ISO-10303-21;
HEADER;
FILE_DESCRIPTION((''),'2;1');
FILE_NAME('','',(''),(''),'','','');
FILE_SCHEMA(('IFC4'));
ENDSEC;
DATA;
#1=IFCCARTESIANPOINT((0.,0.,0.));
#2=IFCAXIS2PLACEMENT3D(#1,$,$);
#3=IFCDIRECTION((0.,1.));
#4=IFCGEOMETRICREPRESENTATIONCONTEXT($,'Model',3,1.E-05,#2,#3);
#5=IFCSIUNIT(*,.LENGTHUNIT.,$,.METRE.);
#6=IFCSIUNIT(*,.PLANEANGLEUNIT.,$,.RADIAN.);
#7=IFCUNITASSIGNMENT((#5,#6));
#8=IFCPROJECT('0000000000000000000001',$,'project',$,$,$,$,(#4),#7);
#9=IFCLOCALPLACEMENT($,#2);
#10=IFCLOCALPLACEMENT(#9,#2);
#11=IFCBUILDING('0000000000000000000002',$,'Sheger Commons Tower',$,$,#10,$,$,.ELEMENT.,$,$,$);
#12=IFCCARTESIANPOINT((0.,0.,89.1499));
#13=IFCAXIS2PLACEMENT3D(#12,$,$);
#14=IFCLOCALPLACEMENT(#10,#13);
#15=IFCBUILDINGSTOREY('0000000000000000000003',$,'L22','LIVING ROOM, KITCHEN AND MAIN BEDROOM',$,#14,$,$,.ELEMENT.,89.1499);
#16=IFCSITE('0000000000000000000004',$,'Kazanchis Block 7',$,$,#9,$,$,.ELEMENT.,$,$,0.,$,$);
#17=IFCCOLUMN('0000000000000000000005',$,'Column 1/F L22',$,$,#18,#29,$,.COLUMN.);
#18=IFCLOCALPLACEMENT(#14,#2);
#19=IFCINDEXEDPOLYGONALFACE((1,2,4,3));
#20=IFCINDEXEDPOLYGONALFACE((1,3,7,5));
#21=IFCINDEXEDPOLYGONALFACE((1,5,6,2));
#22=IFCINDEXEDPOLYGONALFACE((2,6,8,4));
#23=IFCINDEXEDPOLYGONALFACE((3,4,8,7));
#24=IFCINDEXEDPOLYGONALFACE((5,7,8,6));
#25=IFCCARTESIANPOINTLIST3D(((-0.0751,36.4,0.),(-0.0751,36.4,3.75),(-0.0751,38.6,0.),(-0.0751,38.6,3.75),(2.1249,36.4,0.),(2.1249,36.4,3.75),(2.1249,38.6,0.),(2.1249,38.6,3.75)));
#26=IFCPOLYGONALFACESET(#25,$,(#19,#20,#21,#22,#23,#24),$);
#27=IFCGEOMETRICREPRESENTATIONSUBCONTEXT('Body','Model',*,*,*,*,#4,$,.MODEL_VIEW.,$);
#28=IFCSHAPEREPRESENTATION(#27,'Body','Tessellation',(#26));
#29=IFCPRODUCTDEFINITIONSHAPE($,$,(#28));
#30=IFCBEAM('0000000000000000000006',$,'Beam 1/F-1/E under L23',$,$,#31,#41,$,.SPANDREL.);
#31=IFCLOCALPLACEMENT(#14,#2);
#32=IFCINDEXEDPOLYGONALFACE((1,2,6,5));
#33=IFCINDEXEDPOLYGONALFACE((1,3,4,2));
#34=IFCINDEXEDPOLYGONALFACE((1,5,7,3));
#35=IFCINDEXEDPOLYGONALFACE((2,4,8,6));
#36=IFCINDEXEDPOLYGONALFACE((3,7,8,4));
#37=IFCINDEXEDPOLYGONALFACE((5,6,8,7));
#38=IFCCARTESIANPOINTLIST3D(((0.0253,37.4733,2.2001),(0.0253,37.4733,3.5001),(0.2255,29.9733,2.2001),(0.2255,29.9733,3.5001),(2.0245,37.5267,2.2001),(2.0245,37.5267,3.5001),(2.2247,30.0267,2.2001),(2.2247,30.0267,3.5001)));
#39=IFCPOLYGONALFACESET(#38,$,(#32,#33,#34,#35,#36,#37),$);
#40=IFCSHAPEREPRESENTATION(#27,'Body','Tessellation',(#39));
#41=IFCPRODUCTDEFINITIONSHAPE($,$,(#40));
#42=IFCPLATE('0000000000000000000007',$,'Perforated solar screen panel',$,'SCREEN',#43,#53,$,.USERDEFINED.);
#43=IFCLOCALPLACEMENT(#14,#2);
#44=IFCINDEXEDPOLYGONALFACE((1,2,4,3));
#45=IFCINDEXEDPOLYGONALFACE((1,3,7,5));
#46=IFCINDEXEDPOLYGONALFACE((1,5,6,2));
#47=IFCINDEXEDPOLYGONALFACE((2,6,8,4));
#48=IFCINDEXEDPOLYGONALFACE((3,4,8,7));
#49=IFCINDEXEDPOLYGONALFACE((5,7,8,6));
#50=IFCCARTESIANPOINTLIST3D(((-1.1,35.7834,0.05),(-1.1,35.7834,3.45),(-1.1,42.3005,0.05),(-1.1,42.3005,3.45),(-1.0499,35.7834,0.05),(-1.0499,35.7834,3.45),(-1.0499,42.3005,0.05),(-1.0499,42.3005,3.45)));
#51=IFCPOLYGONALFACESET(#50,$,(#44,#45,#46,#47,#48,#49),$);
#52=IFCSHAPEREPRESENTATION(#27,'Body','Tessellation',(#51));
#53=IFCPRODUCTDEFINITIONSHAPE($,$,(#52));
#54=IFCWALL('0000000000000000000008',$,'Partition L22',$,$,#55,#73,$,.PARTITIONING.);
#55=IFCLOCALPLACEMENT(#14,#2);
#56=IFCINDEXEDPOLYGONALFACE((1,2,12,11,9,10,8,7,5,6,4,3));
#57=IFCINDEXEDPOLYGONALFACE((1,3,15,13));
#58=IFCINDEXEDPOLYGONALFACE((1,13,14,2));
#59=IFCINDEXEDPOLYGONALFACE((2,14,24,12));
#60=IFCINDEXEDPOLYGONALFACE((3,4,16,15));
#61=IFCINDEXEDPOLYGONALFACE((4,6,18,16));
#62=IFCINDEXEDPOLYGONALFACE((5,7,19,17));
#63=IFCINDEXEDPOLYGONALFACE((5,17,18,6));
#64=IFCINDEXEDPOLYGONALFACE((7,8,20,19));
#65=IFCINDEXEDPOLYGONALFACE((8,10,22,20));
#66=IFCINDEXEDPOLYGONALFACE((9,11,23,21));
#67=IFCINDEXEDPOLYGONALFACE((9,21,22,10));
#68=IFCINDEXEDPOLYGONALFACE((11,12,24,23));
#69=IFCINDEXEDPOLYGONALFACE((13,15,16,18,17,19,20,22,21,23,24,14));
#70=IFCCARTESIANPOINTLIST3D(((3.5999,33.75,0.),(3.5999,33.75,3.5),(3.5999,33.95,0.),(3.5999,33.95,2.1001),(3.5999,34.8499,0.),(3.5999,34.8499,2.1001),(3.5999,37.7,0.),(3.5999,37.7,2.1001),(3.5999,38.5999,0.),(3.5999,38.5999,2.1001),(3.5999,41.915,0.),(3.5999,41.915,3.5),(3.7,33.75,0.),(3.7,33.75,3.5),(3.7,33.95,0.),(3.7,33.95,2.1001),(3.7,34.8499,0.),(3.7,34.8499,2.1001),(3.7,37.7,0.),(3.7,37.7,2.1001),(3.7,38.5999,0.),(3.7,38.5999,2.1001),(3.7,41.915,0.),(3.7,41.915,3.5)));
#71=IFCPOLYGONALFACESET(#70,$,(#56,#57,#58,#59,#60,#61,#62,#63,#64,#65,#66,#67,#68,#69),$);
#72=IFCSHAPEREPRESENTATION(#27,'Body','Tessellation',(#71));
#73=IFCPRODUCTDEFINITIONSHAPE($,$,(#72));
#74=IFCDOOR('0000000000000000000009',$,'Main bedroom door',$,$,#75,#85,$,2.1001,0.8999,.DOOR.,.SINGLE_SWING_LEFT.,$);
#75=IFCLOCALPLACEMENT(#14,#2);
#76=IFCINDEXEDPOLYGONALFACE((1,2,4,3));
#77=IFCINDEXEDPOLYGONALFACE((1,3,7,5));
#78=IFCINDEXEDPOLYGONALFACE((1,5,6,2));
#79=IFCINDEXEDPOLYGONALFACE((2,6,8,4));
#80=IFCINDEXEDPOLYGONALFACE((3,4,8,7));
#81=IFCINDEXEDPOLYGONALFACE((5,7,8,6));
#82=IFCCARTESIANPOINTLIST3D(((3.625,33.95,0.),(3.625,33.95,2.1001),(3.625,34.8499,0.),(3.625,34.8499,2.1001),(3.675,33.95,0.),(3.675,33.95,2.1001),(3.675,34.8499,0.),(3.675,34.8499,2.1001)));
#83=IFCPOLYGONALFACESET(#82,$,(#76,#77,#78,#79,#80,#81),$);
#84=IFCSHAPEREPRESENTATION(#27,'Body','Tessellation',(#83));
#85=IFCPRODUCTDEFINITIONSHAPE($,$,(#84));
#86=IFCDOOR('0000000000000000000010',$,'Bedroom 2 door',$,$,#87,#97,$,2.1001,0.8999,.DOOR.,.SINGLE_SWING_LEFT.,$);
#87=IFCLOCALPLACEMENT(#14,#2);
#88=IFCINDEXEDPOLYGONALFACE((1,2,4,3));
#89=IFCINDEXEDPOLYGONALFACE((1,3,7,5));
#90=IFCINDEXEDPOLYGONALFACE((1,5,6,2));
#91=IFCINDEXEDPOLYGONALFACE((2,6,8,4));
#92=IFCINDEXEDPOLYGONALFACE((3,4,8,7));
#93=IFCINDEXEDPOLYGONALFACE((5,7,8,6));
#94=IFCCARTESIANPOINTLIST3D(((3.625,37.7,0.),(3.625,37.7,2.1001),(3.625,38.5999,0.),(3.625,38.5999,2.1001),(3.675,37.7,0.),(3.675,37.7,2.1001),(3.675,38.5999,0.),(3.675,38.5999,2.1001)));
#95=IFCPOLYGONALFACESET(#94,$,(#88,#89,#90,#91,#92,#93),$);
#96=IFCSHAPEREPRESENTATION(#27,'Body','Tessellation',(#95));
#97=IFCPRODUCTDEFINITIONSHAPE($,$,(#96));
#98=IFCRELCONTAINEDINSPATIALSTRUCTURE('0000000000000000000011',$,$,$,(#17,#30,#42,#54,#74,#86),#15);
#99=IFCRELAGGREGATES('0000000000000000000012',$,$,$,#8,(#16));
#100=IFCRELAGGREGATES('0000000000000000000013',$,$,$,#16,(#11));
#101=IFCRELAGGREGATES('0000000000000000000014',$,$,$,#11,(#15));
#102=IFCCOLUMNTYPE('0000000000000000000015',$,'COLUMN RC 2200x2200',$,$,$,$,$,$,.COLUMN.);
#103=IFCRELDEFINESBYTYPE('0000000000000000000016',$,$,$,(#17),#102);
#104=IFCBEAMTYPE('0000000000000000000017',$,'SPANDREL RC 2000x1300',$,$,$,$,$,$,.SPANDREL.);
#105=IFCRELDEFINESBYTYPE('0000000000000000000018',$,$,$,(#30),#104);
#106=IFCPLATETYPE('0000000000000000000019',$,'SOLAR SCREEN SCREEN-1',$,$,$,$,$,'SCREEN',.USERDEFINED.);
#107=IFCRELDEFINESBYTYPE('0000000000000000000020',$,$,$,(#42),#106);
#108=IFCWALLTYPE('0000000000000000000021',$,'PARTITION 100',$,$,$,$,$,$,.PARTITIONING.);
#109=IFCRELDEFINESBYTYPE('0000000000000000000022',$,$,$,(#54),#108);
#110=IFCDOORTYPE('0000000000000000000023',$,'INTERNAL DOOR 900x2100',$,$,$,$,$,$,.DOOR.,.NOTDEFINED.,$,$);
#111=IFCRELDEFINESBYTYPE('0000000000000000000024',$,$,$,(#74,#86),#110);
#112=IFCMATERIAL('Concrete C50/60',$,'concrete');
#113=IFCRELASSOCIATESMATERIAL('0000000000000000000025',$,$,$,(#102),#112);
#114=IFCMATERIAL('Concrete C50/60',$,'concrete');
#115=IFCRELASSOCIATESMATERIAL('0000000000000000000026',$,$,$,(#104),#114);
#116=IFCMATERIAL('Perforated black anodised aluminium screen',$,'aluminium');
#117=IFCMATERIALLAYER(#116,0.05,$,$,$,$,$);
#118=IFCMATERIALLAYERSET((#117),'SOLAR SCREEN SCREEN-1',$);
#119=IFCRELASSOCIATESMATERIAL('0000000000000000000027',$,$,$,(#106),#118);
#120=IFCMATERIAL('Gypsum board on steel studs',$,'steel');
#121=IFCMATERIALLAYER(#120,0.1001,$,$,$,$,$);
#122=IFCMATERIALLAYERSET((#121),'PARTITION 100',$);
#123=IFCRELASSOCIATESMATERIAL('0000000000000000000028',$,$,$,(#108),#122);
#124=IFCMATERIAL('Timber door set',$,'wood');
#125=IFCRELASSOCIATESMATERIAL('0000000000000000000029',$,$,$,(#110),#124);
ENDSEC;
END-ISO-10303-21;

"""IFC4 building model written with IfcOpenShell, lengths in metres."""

from ifc_helpers import new_model, si_unit, direction, frame, frame_2d, origin, origin_2d, place, context, subcontext, project, spatial, rectangle, extrude, material, layer, layer_set, material_profile, profile_set, type_object, element, fill, save


model = new_model("IFC4")

# Units and contexts
model_context = context("Model", 3, precision=1e-05, world=origin(), true_north=direction((0.0, 1.0)))
body_context = subcontext(model_context, "Body", "Model", "MODEL_VIEW")
ifc_project = project(units=[si_unit("LENGTHUNIT", "METRE"), si_unit("PLANEANGLEUNIT", "RADIAN")], contexts=[model_context])

# Site, building, storey
site_placement = place(None, origin())
site = spatial("IfcSite", under=ifc_project, at=site_placement, Name="Kazanchis Block 7", CompositionType="ELEMENT", RefElevation=0.0)
building_placement = place(site_placement, origin())
building = spatial("IfcBuilding", under=site, at=building_placement, Name="Sheger Commons Tower", CompositionType="ELEMENT")
storey_placement = place(building_placement, frame((0.0, 0.0, 89.1499)))
storey = spatial("IfcBuildingStorey", under=building, at=storey_placement, Name="L22", Description="LIVING ROOM, KITCHEN AND MAIN BEDROOM", CompositionType="ELEMENT", Elevation=89.1499)

# Column
ifc_material_1 = material(Name="Concrete C50/60", Category="concrete")
ifc_material_profile_1 = material_profile(ifc_material_1, rectangle(XDim=2.2, YDim=2.2, at=origin_2d()), Name="RC 2200x2200")
ifc_profile_set_1 = profile_set([ifc_material_profile_1], Name="Concrete C50/60")
column_type = type_object("IfcColumnType", Name="COLUMN RC 2200x2200", PredefinedType="COLUMN", material=ifc_profile_set_1)
column_placement = place(storey_placement, frame((1.0249, 37.5, 0.0), z_axis=(0.0, 0.0, 1.0), x_axis=(1.0, 0.0, 0.0)))
element("IfcColumn", 1, at=column_placement, inside=storey, type_object=column_type, Name="Column 1/F L22", PredefinedType="COLUMN", context=body_context, shape_type="SweptSolid", body=[
    extrude(rectangle(XDim=2.2, YDim=2.2, at=origin_2d()), origin(), (0.0, 0.0, 1.0), 3.75),
])

# Beam
ifc_material_2 = material(Name="Concrete C50/60", Category="concrete")
ifc_material_profile_2 = material_profile(ifc_material_2, rectangle(XDim=2.0, YDim=1.3, at=origin_2d()), Name="RC 2000x1300")
ifc_profile_set_2 = profile_set([ifc_material_profile_2], Name="Concrete C50/60")
beam_type = type_object("IfcBeamType", Name="SPANDREL RC 2000x1300", PredefinedType="SPANDREL", material=ifc_profile_set_2)
beam_placement = place(storey_placement, frame((1.0249, 37.5, 2.8501), z_axis=(0.026683, -0.999644, 0.0), x_axis=(0.999644, 0.026683, 0.0)))
element("IfcBeam", 2, at=beam_placement, inside=storey, type_object=beam_type, Name="Beam 1/F-1/E under L23", PredefinedType="SPANDREL", context=body_context, shape_type="SweptSolid", body=[
    extrude(rectangle(XDim=2.0, YDim=1.3, at=origin_2d()), origin(), (0.0, 0.0, 1.0), 7.5027),
])

# Plate
ifc_material_3 = material(Name="Perforated black anodised aluminium screen", Category="aluminium")
ifc_layer_1 = layer(ifc_material_3, 0.05)
ifc_layer_set_1 = layer_set([ifc_layer_1], Name="SOLAR SCREEN SCREEN-1")
plate_type = type_object("IfcPlateType", Name="SOLAR SCREEN SCREEN-1", ElementType="SCREEN", PredefinedType="USERDEFINED", material=ifc_layer_set_1)
plate_placement = place(storey_placement, frame((-1.075, 39.042, 0.05), z_axis=(0.0, 0.0, 1.0), x_axis=(0.0, -1.0, 0.0)))
element("IfcPlate", 3, at=plate_placement, inside=storey, type_object=plate_type, Name="Perforated solar screen panel", ObjectType="SCREEN", PredefinedType="USERDEFINED", context=body_context, shape_type="SweptSolid", body=[
    extrude(rectangle(XDim=6.5171, YDim=0.05, at=origin_2d()), origin(), (0.0, 0.0, 1.0), 3.3999),
])

# Wall, openings, doors
ifc_material_4 = material(Name="Gypsum board on steel studs", Category="steel")
ifc_layer_2 = layer(ifc_material_4, 0.1001)
ifc_layer_set_2 = layer_set([ifc_layer_2], Name="PARTITION 100")
wall_type = type_object("IfcWallType", Name="PARTITION 100", PredefinedType="PARTITIONING", material=ifc_layer_set_2)
wall_1_placement = place(storey_placement, frame((3.6499, 33.75, 0.0), z_axis=(0.0, 0.0, 1.0), x_axis=(0.0, 1.0, 0.0)))
wall_1 = element("IfcWall", 4, at=wall_1_placement, inside=storey, type_object=wall_type, Name="Partition L22", PredefinedType="PARTITIONING", context=body_context, shape_type="SweptSolid", body=[
    extrude(rectangle(XDim=8.165, YDim=0.1001, at=frame_2d((4.0825, 0.0))), origin(), (0.0, 0.0, 1.0), 3.5),
])
opening_1_placement = place(wall_1_placement, frame((0.2, 0.0, 0.0)))
opening_1 = element("IfcOpeningElement", 5, at=opening_1_placement, cuts=wall_1, PredefinedType="OPENING", context=body_context, shape_type="SweptSolid", body=[
    extrude(rectangle(XDim=0.8999, YDim=2.1001, at=frame_2d((0.45, 1.05))), frame((0.0, 0.0601, 0.0), z_axis=(0.0, -1.0, 0.0), x_axis=(1.0, 0.0, 0.0)), (0.0, 0.0, 1.0), 0.1201),
])
opening_2_placement = place(wall_1_placement, frame((3.95, 0.0, 0.0)))
opening_2 = element("IfcOpeningElement", 6, at=opening_2_placement, cuts=wall_1, PredefinedType="OPENING", context=body_context, shape_type="SweptSolid", body=[
    extrude(rectangle(XDim=0.8999, YDim=2.1001, at=frame_2d((0.45, 1.05))), frame((0.0, 0.0601, 0.0), z_axis=(0.0, -1.0, 0.0), x_axis=(1.0, 0.0, 0.0)), (0.0, 0.0, 1.0), 0.1201),
])
ifc_material_5 = material(Name="Timber door set", Category="wood")
door_type = type_object("IfcDoorType", Name="INTERNAL DOOR 900x2100", OperationType="NOTDEFINED", PredefinedType="DOOR", material=ifc_material_5)
door_1_placement = place(opening_1_placement, origin())
door_1 = element("IfcDoor", 7, at=door_1_placement, inside=storey, type_object=door_type, Name="Main bedroom door", OperationType="SINGLE_SWING_LEFT", OverallHeight=2.1001, OverallWidth=0.8999, PredefinedType="DOOR", context=body_context, shape_type="SweptSolid", body=[
    extrude(rectangle(XDim=0.8999, YDim=2.1001, at=frame_2d((0.45, 1.05))), frame((0.0, 0.0249, 0.0), z_axis=(0.0, -1.0, 0.0), x_axis=(1.0, 0.0, 0.0)), (0.0, 0.0, 1.0), 0.05),
])
fill(opening_1, door_1)
door_2_placement = place(opening_2_placement, origin())
door_2 = element("IfcDoor", 8, at=door_2_placement, inside=storey, type_object=door_type, Name="Bedroom 2 door", OperationType="SINGLE_SWING_LEFT", OverallHeight=2.1001, OverallWidth=0.8999, PredefinedType="DOOR", context=body_context, shape_type="SweptSolid", body=[
    extrude(rectangle(XDim=0.8999, YDim=2.1001, at=frame_2d((0.45, 1.05))), frame((0.0, 0.0249, 0.0), z_axis=(0.0, -1.0, 0.0), x_axis=(1.0, 0.0, 0.0)), (0.0, 0.0, 1.0), 0.05),
])
fill(opening_2, door_2)

save(model, "model.ifc")
